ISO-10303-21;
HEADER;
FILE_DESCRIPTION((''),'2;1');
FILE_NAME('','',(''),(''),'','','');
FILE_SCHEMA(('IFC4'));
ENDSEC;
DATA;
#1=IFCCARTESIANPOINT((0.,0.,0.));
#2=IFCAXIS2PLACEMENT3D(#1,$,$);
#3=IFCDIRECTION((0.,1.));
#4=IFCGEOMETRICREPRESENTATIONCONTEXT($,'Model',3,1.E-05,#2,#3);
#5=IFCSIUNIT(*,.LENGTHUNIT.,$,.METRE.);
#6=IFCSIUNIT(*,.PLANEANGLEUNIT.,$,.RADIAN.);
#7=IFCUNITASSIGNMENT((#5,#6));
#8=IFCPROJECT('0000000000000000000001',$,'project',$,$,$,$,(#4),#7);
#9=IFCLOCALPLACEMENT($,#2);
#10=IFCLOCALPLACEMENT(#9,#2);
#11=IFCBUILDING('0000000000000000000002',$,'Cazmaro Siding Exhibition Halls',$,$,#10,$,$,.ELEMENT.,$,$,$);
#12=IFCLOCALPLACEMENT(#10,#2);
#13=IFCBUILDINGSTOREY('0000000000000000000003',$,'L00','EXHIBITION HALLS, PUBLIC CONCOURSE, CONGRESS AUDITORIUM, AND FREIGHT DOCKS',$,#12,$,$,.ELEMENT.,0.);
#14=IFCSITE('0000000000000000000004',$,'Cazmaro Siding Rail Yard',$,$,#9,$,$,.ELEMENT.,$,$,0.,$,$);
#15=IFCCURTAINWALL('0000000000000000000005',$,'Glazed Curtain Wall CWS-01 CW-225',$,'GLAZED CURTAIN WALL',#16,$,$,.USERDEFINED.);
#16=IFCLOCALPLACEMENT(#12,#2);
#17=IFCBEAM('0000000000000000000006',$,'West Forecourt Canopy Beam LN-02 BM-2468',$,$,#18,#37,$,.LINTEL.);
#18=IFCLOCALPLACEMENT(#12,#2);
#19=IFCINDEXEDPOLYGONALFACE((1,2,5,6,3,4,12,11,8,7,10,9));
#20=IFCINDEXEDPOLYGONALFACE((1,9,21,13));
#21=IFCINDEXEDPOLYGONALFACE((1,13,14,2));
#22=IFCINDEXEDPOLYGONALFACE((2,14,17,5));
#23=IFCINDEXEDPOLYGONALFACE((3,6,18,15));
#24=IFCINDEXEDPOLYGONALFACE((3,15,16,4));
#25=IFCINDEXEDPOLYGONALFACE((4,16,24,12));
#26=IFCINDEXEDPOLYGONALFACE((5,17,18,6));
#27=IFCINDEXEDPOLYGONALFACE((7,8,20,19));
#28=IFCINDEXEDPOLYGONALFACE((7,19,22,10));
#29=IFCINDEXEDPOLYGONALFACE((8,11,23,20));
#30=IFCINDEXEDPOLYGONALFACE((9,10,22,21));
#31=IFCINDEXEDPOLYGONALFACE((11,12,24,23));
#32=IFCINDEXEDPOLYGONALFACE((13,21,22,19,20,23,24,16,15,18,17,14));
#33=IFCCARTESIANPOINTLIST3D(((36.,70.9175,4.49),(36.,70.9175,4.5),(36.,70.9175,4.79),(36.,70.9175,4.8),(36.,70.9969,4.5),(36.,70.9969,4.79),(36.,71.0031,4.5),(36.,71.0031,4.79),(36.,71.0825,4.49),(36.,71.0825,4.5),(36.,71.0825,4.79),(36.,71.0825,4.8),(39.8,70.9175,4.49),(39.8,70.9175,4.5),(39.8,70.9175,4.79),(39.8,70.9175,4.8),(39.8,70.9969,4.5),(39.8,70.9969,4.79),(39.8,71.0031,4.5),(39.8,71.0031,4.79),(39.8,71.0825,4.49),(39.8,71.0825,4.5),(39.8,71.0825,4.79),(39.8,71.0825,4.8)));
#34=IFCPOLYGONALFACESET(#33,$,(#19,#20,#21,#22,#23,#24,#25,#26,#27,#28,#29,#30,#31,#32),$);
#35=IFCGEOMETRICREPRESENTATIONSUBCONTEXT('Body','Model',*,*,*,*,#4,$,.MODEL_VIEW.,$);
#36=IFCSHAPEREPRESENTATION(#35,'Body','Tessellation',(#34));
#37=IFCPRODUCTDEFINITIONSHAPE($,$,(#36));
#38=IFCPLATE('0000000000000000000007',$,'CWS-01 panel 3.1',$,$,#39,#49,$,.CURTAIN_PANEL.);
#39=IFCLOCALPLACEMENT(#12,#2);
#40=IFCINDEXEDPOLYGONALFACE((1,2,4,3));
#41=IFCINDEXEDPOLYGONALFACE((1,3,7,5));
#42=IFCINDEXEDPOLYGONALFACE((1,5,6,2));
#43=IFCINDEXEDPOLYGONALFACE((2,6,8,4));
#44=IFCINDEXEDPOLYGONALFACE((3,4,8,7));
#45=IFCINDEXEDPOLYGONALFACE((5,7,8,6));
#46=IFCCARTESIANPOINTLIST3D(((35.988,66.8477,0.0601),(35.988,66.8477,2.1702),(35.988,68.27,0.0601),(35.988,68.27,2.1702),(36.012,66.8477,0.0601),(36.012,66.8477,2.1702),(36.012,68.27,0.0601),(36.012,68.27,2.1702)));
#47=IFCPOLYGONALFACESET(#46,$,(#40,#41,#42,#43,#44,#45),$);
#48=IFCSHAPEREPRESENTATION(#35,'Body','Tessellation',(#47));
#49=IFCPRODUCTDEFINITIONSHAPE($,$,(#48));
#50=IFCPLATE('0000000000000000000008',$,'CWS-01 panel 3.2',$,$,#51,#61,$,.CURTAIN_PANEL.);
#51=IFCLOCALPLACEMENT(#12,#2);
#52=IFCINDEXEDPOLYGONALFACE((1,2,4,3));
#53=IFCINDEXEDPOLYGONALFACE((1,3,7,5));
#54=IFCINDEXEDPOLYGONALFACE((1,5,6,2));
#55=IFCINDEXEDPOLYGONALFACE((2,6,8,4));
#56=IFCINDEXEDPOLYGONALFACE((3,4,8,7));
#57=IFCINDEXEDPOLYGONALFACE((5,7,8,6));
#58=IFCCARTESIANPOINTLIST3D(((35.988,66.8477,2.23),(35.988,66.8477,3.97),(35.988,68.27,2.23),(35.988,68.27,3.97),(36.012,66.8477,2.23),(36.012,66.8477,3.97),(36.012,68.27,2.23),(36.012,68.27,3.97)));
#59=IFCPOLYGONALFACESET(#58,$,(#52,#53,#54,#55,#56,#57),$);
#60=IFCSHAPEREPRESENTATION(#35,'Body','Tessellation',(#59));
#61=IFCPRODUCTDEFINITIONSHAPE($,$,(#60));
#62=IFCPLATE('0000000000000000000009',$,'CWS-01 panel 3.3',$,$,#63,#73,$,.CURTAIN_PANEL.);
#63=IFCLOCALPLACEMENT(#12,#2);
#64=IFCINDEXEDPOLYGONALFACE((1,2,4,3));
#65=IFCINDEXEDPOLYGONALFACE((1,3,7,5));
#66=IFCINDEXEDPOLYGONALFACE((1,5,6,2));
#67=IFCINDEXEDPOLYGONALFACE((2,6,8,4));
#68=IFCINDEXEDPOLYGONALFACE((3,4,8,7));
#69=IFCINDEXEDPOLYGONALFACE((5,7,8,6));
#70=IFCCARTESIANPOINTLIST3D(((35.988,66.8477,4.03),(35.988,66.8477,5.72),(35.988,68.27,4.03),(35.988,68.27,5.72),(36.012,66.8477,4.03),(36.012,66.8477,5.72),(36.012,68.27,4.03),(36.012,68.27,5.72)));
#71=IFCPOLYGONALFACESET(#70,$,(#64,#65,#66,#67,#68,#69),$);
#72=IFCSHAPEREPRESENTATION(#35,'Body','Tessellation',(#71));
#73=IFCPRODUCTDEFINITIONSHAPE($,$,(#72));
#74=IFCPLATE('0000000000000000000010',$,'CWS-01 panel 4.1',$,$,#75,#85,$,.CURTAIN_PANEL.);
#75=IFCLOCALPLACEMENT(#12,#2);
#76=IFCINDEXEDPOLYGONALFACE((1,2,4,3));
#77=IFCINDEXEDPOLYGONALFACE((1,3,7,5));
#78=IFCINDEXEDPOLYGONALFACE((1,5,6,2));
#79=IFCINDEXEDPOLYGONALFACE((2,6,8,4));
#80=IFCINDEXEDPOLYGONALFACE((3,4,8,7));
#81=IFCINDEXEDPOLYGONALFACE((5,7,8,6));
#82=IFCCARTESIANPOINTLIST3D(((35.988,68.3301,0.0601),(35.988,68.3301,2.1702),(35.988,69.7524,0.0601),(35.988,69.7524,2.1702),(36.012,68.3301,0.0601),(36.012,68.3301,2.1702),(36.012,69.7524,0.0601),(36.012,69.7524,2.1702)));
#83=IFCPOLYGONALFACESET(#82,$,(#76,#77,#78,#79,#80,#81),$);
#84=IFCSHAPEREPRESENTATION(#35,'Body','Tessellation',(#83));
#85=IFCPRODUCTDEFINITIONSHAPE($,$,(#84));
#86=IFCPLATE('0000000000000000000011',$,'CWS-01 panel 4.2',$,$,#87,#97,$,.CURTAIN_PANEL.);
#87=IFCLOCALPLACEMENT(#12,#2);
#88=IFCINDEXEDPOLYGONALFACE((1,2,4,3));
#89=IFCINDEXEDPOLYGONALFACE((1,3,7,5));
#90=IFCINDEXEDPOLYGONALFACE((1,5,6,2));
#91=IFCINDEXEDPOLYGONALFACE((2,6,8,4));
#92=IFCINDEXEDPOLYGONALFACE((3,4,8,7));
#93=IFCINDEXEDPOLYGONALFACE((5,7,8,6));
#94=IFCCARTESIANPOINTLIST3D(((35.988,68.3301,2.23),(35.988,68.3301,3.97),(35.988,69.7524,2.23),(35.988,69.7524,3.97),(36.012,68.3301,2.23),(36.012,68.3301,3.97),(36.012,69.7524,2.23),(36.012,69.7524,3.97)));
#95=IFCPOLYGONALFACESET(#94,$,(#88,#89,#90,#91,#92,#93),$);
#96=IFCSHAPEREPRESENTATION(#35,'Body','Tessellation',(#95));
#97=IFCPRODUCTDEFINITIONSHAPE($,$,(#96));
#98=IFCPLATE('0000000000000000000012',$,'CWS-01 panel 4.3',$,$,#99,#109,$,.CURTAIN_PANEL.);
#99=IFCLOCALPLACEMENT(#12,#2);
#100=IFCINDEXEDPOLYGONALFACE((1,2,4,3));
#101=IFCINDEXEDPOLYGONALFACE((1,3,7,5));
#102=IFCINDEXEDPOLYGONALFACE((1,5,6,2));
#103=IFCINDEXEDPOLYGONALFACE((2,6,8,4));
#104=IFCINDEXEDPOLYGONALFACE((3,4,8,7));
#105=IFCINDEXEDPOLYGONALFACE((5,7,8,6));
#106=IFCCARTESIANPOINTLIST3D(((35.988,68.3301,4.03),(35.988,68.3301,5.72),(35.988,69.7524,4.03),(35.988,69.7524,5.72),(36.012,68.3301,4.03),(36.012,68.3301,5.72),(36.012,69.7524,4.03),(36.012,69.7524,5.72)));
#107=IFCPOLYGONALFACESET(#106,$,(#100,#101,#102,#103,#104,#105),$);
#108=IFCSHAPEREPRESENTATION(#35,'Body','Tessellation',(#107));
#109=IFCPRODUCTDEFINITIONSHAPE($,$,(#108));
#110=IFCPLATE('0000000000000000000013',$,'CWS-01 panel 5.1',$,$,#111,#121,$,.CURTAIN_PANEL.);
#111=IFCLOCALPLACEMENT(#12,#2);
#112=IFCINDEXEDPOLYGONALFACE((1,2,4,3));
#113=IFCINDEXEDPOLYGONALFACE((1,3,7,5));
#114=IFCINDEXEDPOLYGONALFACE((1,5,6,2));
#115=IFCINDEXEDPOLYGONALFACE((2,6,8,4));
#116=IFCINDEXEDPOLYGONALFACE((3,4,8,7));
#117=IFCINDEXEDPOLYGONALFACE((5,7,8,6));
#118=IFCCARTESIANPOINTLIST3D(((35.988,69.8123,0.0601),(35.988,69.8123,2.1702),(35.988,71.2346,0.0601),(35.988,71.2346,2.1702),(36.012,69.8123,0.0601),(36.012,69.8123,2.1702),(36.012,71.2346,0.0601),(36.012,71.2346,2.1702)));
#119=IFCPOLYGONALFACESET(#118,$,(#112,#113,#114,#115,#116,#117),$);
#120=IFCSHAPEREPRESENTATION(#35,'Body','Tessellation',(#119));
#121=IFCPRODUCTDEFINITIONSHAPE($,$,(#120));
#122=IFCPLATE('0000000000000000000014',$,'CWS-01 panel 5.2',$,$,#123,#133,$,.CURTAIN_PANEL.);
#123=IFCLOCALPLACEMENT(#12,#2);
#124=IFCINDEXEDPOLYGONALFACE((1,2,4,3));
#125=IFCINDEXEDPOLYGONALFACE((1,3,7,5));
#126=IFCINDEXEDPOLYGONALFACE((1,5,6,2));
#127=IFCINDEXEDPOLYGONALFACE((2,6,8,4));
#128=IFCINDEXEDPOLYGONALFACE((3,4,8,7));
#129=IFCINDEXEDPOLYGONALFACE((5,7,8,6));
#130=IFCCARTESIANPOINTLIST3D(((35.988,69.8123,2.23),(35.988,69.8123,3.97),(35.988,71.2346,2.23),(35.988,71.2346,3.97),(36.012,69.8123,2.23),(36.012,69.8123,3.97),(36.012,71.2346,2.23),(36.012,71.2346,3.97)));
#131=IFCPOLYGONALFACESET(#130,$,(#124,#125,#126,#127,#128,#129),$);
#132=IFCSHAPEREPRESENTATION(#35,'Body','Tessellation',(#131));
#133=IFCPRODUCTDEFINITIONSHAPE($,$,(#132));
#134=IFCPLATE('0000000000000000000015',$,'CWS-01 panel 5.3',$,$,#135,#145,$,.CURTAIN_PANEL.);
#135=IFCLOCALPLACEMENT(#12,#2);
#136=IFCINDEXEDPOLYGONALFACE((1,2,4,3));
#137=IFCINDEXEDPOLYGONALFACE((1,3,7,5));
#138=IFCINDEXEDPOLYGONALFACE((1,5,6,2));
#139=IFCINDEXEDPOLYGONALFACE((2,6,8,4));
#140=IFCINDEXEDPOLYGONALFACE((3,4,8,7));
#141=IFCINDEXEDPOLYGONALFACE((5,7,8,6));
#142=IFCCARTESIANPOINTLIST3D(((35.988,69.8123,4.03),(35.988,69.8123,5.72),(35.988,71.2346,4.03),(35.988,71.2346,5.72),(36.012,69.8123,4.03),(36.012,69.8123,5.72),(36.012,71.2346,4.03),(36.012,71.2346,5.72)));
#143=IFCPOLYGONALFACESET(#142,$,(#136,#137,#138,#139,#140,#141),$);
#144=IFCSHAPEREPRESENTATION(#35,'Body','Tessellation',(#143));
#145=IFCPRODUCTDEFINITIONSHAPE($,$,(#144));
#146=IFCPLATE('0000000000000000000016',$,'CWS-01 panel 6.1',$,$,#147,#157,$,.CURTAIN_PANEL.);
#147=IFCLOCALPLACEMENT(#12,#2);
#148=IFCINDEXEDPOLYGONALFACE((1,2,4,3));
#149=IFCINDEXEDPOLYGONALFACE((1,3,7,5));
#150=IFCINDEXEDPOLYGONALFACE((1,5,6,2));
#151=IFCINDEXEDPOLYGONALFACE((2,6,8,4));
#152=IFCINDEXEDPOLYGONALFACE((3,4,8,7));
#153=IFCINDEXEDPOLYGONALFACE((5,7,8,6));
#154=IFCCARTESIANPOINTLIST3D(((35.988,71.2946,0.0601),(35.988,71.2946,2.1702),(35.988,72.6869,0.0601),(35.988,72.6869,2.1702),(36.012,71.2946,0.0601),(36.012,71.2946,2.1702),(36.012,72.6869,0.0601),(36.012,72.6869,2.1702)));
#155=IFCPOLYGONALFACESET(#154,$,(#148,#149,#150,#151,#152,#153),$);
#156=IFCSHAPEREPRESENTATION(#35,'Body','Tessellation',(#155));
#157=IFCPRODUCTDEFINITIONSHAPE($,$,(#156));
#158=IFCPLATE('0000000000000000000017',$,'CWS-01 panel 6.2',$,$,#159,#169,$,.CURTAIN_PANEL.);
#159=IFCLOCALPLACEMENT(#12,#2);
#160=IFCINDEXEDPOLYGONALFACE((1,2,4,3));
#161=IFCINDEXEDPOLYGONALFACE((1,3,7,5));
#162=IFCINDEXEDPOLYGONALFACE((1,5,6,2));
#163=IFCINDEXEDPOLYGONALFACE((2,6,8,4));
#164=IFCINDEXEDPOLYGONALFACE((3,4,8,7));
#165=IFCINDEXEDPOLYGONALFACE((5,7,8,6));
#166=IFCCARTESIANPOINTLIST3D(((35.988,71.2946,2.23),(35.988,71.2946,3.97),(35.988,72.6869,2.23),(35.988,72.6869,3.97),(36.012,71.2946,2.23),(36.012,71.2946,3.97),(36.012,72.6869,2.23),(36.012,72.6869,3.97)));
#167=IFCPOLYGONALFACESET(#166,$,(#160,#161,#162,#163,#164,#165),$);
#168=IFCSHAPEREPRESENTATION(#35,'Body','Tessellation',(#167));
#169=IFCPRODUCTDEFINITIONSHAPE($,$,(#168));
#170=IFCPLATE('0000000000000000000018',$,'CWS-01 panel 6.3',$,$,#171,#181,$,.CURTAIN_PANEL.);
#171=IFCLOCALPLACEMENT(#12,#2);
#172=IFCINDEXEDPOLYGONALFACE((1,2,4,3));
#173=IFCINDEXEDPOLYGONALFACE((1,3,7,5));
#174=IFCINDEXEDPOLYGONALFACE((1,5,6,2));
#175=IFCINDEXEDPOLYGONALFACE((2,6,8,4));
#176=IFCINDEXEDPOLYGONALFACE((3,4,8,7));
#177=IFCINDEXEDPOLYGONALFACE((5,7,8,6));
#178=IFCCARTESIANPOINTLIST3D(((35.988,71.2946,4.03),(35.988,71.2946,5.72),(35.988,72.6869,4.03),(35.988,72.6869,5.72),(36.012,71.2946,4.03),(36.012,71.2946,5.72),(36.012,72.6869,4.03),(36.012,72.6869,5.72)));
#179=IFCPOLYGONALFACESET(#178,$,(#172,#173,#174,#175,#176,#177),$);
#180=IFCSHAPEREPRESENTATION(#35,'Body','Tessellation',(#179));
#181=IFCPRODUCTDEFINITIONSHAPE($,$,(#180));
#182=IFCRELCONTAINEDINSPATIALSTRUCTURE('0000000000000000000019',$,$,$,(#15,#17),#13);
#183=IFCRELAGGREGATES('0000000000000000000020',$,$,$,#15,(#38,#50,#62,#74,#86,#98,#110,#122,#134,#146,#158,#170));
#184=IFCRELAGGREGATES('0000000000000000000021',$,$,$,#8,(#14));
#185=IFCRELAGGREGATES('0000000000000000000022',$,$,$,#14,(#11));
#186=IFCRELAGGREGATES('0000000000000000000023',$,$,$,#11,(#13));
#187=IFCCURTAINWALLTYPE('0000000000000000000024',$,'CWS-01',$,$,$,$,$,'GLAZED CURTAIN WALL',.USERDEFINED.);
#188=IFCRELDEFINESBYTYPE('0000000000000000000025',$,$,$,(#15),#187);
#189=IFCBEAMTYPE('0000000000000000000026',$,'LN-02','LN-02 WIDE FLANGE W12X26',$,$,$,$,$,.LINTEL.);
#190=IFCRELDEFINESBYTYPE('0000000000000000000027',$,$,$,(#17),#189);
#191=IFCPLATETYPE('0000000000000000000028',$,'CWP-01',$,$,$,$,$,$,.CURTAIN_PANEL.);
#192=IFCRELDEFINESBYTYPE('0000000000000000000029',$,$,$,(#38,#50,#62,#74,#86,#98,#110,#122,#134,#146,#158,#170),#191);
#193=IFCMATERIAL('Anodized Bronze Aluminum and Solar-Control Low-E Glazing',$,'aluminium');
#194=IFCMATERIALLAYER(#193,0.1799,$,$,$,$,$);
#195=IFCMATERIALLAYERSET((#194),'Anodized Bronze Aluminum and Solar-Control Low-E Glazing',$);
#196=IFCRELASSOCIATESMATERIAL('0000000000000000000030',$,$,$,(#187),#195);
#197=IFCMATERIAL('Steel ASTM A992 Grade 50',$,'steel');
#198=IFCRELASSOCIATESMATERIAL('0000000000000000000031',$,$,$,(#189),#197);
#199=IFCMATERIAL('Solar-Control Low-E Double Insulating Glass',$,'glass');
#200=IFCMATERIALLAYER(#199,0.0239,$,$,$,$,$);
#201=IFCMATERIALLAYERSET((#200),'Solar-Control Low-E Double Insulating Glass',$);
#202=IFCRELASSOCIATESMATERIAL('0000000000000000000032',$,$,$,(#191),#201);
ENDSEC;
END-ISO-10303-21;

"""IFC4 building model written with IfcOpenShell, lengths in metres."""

from ifc_helpers import new_model, si_unit, direction, frame, origin, origin_2d, place, context, subcontext, project, spatial, rectangle, i_section, extrude, material, layer, layer_set, material_profile, profile_set, type_object, element, aggregate, save


model = new_model("IFC4")

# Units and contexts
model_context = context("Model", 3, precision=1e-05, world=origin(), true_north=direction((0.0, 1.0)))
body_context = subcontext(model_context, "Body", "Model", "MODEL_VIEW")
ifc_project = project(units=[si_unit("LENGTHUNIT", "METRE"), si_unit("PLANEANGLEUNIT", "RADIAN")], contexts=[model_context])

# Site, building, storey
site_placement = place(None, origin())
site = spatial("IfcSite", under=ifc_project, at=site_placement, Name="Cazmaro Siding Rail Yard", CompositionType="ELEMENT", RefElevation=0.0)
building_placement = place(site_placement, origin())
building = spatial("IfcBuilding", under=site, at=building_placement, Name="Cazmaro Siding Exhibition Halls", CompositionType="ELEMENT")
storey_placement = place(building_placement, origin())
storey = spatial("IfcBuildingStorey", under=building, at=storey_placement, Name="L00", Description="EXHIBITION HALLS, PUBLIC CONCOURSE, CONGRESS AUDITORIUM, AND FREIGHT DOCKS", CompositionType="ELEMENT", Elevation=0.0)

# Curtain wall
ifc_material_1 = material(Name="Anodized Bronze Aluminum and Solar-Control Low-E Glazing", Category="aluminium")
ifc_layer_1 = layer(ifc_material_1, 0.1799)
ifc_layer_set_1 = layer_set([ifc_layer_1], Name="Anodized Bronze Aluminum and Solar-Control Low-E Glazing")
curtain_wall_type = type_object("IfcCurtainWallType", Name="CWS-01", ElementType="GLAZED CURTAIN WALL", PredefinedType="USERDEFINED", material=ifc_layer_set_1)
curtain_wall_1_placement = place(storey_placement, origin())
curtain_wall_1 = element("IfcCurtainWall", 1, at=curtain_wall_1_placement, inside=storey, type_object=curtain_wall_type, Name="Glazed Curtain Wall CWS-01 CW-225", ObjectType="GLAZED CURTAIN WALL", PredefinedType="USERDEFINED")

# Beam
ifc_material_2 = material(Name="Steel ASTM A992 Grade 50", Category="steel")
ifc_material_profile_1 = material_profile(ifc_material_2, i_section(OverallWidth=0.165, OverallDepth=0.3101, WebThickness=0.0061, FlangeThickness=0.01, at=origin_2d()), Name="W12X26")
ifc_profile_set_1 = profile_set([ifc_material_profile_1], Name="Steel ASTM A992 Grade 50")
beam_type = type_object("IfcBeamType", Name="LN-02", Description="LN-02 WIDE FLANGE W12X26", PredefinedType="LINTEL", material=ifc_profile_set_1)
beam_placement = place(storey_placement, frame((36.0, 71.0, 4.645), z_axis=(1.0, 0.0, 0.0), x_axis=(0.0, 1.0, 0.0)))
element("IfcBeam", 2, at=beam_placement, inside=storey, type_object=beam_type, Name="West Forecourt Canopy Beam LN-02 BM-2468", PredefinedType="LINTEL", context=body_context, shape_type="SweptSolid", body=[
    extrude(i_section(OverallWidth=0.165, OverallDepth=0.3101, WebThickness=0.0061, FlangeThickness=0.01, at=origin_2d()), origin(), (0.0, 0.0, 1.0), 3.8),
])

# Plates
ifc_material_3 = material(Name="Solar-Control Low-E Double Insulating Glass", Category="glass")
ifc_layer_2 = layer(ifc_material_3, 0.0239)
ifc_layer_set_2 = layer_set([ifc_layer_2], Name="Solar-Control Low-E Double Insulating Glass")
plate_type = type_object("IfcPlateType", Name="CWP-01", PredefinedType="CURTAIN_PANEL", material=ifc_layer_set_2)
plate_1_placement = place(storey_placement, frame((36.0, 67.5588, 0.0601), z_axis=(0.0, 0.0, 1.0), x_axis=(0.0, 1.0, 0.0)))
plate_1 = element("IfcPlate", 3, at=plate_1_placement, type_object=plate_type, Name="CWS-01 panel 3.1", PredefinedType="CURTAIN_PANEL", context=body_context, shape_type="SweptSolid", body=[
    extrude(rectangle(XDim=1.4224, YDim=0.0239, at=origin_2d()), origin(), (0.0, 0.0, 1.0), 2.1101),
])
plate_2_placement = place(storey_placement, frame((36.0, 67.5588, 2.23), z_axis=(0.0, 0.0, 1.0), x_axis=(0.0, 1.0, 0.0)))
plate_2 = element("IfcPlate", 4, at=plate_2_placement, type_object=plate_type, Name="CWS-01 panel 3.2", PredefinedType="CURTAIN_PANEL", context=body_context, shape_type="SweptSolid", body=[
    extrude(rectangle(XDim=1.4224, YDim=0.0239, at=origin_2d()), origin(), (0.0, 0.0, 1.0), 1.74),
])
plate_3_placement = place(storey_placement, frame((36.0, 67.5588, 4.03), z_axis=(0.0, 0.0, 1.0), x_axis=(0.0, 1.0, 0.0)))
plate_3 = element("IfcPlate", 5, at=plate_3_placement, type_object=plate_type, Name="CWS-01 panel 3.3", PredefinedType="CURTAIN_PANEL", context=body_context, shape_type="SweptSolid", body=[
    extrude(rectangle(XDim=1.4224, YDim=0.0239, at=origin_2d()), origin(), (0.0, 0.0, 1.0), 1.6899),
])
plate_4_placement = place(storey_placement, frame((36.0, 69.0413, 0.0601), z_axis=(0.0, 0.0, 1.0), x_axis=(0.0, 1.0, 0.0)))
plate_4 = element("IfcPlate", 6, at=plate_4_placement, type_object=plate_type, Name="CWS-01 panel 4.1", PredefinedType="CURTAIN_PANEL", context=body_context, shape_type="SweptSolid", body=[
    extrude(rectangle(XDim=1.4224, YDim=0.0239, at=origin_2d()), origin(), (0.0, 0.0, 1.0), 2.1101),
])
plate_5_placement = place(storey_placement, frame((36.0, 69.0413, 2.23), z_axis=(0.0, 0.0, 1.0), x_axis=(0.0, 1.0, 0.0)))
plate_5 = element("IfcPlate", 7, at=plate_5_placement, type_object=plate_type, Name="CWS-01 panel 4.2", PredefinedType="CURTAIN_PANEL", context=body_context, shape_type="SweptSolid", body=[
    extrude(rectangle(XDim=1.4224, YDim=0.0239, at=origin_2d()), origin(), (0.0, 0.0, 1.0), 1.74),
])
plate_6_placement = place(storey_placement, frame((36.0, 69.0413, 4.03), z_axis=(0.0, 0.0, 1.0), x_axis=(0.0, 1.0, 0.0)))
plate_6 = element("IfcPlate", 8, at=plate_6_placement, type_object=plate_type, Name="CWS-01 panel 4.3", PredefinedType="CURTAIN_PANEL", context=body_context, shape_type="SweptSolid", body=[
    extrude(rectangle(XDim=1.4224, YDim=0.0239, at=origin_2d()), origin(), (0.0, 0.0, 1.0), 1.6899),
])
plate_7_placement = place(storey_placement, frame((36.0, 70.5234, 0.0601), z_axis=(0.0, 0.0, 1.0), x_axis=(0.0, 1.0, 0.0)))
plate_7 = element("IfcPlate", 9, at=plate_7_placement, type_object=plate_type, Name="CWS-01 panel 5.1", PredefinedType="CURTAIN_PANEL", context=body_context, shape_type="SweptSolid", body=[
    extrude(rectangle(XDim=1.4224, YDim=0.0239, at=origin_2d()), origin(), (0.0, 0.0, 1.0), 2.1101),
])
plate_8_placement = place(storey_placement, frame((36.0, 70.5234, 2.23), z_axis=(0.0, 0.0, 1.0), x_axis=(0.0, 1.0, 0.0)))
plate_8 = element("IfcPlate", 10, at=plate_8_placement, type_object=plate_type, Name="CWS-01 panel 5.2", PredefinedType="CURTAIN_PANEL", context=body_context, shape_type="SweptSolid", body=[
    extrude(rectangle(XDim=1.4224, YDim=0.0239, at=origin_2d()), origin(), (0.0, 0.0, 1.0), 1.74),
])
plate_9_placement = place(storey_placement, frame((36.0, 70.5234, 4.03), z_axis=(0.0, 0.0, 1.0), x_axis=(0.0, 1.0, 0.0)))
plate_9 = element("IfcPlate", 11, at=plate_9_placement, type_object=plate_type, Name="CWS-01 panel 5.3", PredefinedType="CURTAIN_PANEL", context=body_context, shape_type="SweptSolid", body=[
    extrude(rectangle(XDim=1.4224, YDim=0.0239, at=origin_2d()), origin(), (0.0, 0.0, 1.0), 1.6899),
])
plate_10_placement = place(storey_placement, frame((36.0, 71.9907, 0.0601), z_axis=(0.0, 0.0, 1.0), x_axis=(0.0, 1.0, 0.0)))
plate_10 = element("IfcPlate", 12, at=plate_10_placement, type_object=plate_type, Name="CWS-01 panel 6.1", PredefinedType="CURTAIN_PANEL", context=body_context, shape_type="SweptSolid", body=[
    extrude(rectangle(XDim=1.3923, YDim=0.0239, at=origin_2d()), origin(), (0.0, 0.0, 1.0), 2.1101),
])
plate_11_placement = place(storey_placement, frame((36.0, 71.9907, 2.23), z_axis=(0.0, 0.0, 1.0), x_axis=(0.0, 1.0, 0.0)))
plate_11 = element("IfcPlate", 13, at=plate_11_placement, type_object=plate_type, Name="CWS-01 panel 6.2", PredefinedType="CURTAIN_PANEL", context=body_context, shape_type="SweptSolid", body=[
    extrude(rectangle(XDim=1.3923, YDim=0.0239, at=origin_2d()), origin(), (0.0, 0.0, 1.0), 1.74),
])
plate_12_placement = place(storey_placement, frame((36.0, 71.9907, 4.03), z_axis=(0.0, 0.0, 1.0), x_axis=(0.0, 1.0, 0.0)))
plate_12 = element("IfcPlate", 14, at=plate_12_placement, type_object=plate_type, Name="CWS-01 panel 6.3", PredefinedType="CURTAIN_PANEL", context=body_context, shape_type="SweptSolid", body=[
    extrude(rectangle(XDim=1.3923, YDim=0.0239, at=origin_2d()), origin(), (0.0, 0.0, 1.0), 1.6899),
])
aggregate(curtain_wall_1, [plate_1, plate_2, plate_3, plate_4, plate_5, plate_6, plate_7, plate_8, plate_9, plate_10, plate_11, plate_12])

save(model, "model.ifc")
